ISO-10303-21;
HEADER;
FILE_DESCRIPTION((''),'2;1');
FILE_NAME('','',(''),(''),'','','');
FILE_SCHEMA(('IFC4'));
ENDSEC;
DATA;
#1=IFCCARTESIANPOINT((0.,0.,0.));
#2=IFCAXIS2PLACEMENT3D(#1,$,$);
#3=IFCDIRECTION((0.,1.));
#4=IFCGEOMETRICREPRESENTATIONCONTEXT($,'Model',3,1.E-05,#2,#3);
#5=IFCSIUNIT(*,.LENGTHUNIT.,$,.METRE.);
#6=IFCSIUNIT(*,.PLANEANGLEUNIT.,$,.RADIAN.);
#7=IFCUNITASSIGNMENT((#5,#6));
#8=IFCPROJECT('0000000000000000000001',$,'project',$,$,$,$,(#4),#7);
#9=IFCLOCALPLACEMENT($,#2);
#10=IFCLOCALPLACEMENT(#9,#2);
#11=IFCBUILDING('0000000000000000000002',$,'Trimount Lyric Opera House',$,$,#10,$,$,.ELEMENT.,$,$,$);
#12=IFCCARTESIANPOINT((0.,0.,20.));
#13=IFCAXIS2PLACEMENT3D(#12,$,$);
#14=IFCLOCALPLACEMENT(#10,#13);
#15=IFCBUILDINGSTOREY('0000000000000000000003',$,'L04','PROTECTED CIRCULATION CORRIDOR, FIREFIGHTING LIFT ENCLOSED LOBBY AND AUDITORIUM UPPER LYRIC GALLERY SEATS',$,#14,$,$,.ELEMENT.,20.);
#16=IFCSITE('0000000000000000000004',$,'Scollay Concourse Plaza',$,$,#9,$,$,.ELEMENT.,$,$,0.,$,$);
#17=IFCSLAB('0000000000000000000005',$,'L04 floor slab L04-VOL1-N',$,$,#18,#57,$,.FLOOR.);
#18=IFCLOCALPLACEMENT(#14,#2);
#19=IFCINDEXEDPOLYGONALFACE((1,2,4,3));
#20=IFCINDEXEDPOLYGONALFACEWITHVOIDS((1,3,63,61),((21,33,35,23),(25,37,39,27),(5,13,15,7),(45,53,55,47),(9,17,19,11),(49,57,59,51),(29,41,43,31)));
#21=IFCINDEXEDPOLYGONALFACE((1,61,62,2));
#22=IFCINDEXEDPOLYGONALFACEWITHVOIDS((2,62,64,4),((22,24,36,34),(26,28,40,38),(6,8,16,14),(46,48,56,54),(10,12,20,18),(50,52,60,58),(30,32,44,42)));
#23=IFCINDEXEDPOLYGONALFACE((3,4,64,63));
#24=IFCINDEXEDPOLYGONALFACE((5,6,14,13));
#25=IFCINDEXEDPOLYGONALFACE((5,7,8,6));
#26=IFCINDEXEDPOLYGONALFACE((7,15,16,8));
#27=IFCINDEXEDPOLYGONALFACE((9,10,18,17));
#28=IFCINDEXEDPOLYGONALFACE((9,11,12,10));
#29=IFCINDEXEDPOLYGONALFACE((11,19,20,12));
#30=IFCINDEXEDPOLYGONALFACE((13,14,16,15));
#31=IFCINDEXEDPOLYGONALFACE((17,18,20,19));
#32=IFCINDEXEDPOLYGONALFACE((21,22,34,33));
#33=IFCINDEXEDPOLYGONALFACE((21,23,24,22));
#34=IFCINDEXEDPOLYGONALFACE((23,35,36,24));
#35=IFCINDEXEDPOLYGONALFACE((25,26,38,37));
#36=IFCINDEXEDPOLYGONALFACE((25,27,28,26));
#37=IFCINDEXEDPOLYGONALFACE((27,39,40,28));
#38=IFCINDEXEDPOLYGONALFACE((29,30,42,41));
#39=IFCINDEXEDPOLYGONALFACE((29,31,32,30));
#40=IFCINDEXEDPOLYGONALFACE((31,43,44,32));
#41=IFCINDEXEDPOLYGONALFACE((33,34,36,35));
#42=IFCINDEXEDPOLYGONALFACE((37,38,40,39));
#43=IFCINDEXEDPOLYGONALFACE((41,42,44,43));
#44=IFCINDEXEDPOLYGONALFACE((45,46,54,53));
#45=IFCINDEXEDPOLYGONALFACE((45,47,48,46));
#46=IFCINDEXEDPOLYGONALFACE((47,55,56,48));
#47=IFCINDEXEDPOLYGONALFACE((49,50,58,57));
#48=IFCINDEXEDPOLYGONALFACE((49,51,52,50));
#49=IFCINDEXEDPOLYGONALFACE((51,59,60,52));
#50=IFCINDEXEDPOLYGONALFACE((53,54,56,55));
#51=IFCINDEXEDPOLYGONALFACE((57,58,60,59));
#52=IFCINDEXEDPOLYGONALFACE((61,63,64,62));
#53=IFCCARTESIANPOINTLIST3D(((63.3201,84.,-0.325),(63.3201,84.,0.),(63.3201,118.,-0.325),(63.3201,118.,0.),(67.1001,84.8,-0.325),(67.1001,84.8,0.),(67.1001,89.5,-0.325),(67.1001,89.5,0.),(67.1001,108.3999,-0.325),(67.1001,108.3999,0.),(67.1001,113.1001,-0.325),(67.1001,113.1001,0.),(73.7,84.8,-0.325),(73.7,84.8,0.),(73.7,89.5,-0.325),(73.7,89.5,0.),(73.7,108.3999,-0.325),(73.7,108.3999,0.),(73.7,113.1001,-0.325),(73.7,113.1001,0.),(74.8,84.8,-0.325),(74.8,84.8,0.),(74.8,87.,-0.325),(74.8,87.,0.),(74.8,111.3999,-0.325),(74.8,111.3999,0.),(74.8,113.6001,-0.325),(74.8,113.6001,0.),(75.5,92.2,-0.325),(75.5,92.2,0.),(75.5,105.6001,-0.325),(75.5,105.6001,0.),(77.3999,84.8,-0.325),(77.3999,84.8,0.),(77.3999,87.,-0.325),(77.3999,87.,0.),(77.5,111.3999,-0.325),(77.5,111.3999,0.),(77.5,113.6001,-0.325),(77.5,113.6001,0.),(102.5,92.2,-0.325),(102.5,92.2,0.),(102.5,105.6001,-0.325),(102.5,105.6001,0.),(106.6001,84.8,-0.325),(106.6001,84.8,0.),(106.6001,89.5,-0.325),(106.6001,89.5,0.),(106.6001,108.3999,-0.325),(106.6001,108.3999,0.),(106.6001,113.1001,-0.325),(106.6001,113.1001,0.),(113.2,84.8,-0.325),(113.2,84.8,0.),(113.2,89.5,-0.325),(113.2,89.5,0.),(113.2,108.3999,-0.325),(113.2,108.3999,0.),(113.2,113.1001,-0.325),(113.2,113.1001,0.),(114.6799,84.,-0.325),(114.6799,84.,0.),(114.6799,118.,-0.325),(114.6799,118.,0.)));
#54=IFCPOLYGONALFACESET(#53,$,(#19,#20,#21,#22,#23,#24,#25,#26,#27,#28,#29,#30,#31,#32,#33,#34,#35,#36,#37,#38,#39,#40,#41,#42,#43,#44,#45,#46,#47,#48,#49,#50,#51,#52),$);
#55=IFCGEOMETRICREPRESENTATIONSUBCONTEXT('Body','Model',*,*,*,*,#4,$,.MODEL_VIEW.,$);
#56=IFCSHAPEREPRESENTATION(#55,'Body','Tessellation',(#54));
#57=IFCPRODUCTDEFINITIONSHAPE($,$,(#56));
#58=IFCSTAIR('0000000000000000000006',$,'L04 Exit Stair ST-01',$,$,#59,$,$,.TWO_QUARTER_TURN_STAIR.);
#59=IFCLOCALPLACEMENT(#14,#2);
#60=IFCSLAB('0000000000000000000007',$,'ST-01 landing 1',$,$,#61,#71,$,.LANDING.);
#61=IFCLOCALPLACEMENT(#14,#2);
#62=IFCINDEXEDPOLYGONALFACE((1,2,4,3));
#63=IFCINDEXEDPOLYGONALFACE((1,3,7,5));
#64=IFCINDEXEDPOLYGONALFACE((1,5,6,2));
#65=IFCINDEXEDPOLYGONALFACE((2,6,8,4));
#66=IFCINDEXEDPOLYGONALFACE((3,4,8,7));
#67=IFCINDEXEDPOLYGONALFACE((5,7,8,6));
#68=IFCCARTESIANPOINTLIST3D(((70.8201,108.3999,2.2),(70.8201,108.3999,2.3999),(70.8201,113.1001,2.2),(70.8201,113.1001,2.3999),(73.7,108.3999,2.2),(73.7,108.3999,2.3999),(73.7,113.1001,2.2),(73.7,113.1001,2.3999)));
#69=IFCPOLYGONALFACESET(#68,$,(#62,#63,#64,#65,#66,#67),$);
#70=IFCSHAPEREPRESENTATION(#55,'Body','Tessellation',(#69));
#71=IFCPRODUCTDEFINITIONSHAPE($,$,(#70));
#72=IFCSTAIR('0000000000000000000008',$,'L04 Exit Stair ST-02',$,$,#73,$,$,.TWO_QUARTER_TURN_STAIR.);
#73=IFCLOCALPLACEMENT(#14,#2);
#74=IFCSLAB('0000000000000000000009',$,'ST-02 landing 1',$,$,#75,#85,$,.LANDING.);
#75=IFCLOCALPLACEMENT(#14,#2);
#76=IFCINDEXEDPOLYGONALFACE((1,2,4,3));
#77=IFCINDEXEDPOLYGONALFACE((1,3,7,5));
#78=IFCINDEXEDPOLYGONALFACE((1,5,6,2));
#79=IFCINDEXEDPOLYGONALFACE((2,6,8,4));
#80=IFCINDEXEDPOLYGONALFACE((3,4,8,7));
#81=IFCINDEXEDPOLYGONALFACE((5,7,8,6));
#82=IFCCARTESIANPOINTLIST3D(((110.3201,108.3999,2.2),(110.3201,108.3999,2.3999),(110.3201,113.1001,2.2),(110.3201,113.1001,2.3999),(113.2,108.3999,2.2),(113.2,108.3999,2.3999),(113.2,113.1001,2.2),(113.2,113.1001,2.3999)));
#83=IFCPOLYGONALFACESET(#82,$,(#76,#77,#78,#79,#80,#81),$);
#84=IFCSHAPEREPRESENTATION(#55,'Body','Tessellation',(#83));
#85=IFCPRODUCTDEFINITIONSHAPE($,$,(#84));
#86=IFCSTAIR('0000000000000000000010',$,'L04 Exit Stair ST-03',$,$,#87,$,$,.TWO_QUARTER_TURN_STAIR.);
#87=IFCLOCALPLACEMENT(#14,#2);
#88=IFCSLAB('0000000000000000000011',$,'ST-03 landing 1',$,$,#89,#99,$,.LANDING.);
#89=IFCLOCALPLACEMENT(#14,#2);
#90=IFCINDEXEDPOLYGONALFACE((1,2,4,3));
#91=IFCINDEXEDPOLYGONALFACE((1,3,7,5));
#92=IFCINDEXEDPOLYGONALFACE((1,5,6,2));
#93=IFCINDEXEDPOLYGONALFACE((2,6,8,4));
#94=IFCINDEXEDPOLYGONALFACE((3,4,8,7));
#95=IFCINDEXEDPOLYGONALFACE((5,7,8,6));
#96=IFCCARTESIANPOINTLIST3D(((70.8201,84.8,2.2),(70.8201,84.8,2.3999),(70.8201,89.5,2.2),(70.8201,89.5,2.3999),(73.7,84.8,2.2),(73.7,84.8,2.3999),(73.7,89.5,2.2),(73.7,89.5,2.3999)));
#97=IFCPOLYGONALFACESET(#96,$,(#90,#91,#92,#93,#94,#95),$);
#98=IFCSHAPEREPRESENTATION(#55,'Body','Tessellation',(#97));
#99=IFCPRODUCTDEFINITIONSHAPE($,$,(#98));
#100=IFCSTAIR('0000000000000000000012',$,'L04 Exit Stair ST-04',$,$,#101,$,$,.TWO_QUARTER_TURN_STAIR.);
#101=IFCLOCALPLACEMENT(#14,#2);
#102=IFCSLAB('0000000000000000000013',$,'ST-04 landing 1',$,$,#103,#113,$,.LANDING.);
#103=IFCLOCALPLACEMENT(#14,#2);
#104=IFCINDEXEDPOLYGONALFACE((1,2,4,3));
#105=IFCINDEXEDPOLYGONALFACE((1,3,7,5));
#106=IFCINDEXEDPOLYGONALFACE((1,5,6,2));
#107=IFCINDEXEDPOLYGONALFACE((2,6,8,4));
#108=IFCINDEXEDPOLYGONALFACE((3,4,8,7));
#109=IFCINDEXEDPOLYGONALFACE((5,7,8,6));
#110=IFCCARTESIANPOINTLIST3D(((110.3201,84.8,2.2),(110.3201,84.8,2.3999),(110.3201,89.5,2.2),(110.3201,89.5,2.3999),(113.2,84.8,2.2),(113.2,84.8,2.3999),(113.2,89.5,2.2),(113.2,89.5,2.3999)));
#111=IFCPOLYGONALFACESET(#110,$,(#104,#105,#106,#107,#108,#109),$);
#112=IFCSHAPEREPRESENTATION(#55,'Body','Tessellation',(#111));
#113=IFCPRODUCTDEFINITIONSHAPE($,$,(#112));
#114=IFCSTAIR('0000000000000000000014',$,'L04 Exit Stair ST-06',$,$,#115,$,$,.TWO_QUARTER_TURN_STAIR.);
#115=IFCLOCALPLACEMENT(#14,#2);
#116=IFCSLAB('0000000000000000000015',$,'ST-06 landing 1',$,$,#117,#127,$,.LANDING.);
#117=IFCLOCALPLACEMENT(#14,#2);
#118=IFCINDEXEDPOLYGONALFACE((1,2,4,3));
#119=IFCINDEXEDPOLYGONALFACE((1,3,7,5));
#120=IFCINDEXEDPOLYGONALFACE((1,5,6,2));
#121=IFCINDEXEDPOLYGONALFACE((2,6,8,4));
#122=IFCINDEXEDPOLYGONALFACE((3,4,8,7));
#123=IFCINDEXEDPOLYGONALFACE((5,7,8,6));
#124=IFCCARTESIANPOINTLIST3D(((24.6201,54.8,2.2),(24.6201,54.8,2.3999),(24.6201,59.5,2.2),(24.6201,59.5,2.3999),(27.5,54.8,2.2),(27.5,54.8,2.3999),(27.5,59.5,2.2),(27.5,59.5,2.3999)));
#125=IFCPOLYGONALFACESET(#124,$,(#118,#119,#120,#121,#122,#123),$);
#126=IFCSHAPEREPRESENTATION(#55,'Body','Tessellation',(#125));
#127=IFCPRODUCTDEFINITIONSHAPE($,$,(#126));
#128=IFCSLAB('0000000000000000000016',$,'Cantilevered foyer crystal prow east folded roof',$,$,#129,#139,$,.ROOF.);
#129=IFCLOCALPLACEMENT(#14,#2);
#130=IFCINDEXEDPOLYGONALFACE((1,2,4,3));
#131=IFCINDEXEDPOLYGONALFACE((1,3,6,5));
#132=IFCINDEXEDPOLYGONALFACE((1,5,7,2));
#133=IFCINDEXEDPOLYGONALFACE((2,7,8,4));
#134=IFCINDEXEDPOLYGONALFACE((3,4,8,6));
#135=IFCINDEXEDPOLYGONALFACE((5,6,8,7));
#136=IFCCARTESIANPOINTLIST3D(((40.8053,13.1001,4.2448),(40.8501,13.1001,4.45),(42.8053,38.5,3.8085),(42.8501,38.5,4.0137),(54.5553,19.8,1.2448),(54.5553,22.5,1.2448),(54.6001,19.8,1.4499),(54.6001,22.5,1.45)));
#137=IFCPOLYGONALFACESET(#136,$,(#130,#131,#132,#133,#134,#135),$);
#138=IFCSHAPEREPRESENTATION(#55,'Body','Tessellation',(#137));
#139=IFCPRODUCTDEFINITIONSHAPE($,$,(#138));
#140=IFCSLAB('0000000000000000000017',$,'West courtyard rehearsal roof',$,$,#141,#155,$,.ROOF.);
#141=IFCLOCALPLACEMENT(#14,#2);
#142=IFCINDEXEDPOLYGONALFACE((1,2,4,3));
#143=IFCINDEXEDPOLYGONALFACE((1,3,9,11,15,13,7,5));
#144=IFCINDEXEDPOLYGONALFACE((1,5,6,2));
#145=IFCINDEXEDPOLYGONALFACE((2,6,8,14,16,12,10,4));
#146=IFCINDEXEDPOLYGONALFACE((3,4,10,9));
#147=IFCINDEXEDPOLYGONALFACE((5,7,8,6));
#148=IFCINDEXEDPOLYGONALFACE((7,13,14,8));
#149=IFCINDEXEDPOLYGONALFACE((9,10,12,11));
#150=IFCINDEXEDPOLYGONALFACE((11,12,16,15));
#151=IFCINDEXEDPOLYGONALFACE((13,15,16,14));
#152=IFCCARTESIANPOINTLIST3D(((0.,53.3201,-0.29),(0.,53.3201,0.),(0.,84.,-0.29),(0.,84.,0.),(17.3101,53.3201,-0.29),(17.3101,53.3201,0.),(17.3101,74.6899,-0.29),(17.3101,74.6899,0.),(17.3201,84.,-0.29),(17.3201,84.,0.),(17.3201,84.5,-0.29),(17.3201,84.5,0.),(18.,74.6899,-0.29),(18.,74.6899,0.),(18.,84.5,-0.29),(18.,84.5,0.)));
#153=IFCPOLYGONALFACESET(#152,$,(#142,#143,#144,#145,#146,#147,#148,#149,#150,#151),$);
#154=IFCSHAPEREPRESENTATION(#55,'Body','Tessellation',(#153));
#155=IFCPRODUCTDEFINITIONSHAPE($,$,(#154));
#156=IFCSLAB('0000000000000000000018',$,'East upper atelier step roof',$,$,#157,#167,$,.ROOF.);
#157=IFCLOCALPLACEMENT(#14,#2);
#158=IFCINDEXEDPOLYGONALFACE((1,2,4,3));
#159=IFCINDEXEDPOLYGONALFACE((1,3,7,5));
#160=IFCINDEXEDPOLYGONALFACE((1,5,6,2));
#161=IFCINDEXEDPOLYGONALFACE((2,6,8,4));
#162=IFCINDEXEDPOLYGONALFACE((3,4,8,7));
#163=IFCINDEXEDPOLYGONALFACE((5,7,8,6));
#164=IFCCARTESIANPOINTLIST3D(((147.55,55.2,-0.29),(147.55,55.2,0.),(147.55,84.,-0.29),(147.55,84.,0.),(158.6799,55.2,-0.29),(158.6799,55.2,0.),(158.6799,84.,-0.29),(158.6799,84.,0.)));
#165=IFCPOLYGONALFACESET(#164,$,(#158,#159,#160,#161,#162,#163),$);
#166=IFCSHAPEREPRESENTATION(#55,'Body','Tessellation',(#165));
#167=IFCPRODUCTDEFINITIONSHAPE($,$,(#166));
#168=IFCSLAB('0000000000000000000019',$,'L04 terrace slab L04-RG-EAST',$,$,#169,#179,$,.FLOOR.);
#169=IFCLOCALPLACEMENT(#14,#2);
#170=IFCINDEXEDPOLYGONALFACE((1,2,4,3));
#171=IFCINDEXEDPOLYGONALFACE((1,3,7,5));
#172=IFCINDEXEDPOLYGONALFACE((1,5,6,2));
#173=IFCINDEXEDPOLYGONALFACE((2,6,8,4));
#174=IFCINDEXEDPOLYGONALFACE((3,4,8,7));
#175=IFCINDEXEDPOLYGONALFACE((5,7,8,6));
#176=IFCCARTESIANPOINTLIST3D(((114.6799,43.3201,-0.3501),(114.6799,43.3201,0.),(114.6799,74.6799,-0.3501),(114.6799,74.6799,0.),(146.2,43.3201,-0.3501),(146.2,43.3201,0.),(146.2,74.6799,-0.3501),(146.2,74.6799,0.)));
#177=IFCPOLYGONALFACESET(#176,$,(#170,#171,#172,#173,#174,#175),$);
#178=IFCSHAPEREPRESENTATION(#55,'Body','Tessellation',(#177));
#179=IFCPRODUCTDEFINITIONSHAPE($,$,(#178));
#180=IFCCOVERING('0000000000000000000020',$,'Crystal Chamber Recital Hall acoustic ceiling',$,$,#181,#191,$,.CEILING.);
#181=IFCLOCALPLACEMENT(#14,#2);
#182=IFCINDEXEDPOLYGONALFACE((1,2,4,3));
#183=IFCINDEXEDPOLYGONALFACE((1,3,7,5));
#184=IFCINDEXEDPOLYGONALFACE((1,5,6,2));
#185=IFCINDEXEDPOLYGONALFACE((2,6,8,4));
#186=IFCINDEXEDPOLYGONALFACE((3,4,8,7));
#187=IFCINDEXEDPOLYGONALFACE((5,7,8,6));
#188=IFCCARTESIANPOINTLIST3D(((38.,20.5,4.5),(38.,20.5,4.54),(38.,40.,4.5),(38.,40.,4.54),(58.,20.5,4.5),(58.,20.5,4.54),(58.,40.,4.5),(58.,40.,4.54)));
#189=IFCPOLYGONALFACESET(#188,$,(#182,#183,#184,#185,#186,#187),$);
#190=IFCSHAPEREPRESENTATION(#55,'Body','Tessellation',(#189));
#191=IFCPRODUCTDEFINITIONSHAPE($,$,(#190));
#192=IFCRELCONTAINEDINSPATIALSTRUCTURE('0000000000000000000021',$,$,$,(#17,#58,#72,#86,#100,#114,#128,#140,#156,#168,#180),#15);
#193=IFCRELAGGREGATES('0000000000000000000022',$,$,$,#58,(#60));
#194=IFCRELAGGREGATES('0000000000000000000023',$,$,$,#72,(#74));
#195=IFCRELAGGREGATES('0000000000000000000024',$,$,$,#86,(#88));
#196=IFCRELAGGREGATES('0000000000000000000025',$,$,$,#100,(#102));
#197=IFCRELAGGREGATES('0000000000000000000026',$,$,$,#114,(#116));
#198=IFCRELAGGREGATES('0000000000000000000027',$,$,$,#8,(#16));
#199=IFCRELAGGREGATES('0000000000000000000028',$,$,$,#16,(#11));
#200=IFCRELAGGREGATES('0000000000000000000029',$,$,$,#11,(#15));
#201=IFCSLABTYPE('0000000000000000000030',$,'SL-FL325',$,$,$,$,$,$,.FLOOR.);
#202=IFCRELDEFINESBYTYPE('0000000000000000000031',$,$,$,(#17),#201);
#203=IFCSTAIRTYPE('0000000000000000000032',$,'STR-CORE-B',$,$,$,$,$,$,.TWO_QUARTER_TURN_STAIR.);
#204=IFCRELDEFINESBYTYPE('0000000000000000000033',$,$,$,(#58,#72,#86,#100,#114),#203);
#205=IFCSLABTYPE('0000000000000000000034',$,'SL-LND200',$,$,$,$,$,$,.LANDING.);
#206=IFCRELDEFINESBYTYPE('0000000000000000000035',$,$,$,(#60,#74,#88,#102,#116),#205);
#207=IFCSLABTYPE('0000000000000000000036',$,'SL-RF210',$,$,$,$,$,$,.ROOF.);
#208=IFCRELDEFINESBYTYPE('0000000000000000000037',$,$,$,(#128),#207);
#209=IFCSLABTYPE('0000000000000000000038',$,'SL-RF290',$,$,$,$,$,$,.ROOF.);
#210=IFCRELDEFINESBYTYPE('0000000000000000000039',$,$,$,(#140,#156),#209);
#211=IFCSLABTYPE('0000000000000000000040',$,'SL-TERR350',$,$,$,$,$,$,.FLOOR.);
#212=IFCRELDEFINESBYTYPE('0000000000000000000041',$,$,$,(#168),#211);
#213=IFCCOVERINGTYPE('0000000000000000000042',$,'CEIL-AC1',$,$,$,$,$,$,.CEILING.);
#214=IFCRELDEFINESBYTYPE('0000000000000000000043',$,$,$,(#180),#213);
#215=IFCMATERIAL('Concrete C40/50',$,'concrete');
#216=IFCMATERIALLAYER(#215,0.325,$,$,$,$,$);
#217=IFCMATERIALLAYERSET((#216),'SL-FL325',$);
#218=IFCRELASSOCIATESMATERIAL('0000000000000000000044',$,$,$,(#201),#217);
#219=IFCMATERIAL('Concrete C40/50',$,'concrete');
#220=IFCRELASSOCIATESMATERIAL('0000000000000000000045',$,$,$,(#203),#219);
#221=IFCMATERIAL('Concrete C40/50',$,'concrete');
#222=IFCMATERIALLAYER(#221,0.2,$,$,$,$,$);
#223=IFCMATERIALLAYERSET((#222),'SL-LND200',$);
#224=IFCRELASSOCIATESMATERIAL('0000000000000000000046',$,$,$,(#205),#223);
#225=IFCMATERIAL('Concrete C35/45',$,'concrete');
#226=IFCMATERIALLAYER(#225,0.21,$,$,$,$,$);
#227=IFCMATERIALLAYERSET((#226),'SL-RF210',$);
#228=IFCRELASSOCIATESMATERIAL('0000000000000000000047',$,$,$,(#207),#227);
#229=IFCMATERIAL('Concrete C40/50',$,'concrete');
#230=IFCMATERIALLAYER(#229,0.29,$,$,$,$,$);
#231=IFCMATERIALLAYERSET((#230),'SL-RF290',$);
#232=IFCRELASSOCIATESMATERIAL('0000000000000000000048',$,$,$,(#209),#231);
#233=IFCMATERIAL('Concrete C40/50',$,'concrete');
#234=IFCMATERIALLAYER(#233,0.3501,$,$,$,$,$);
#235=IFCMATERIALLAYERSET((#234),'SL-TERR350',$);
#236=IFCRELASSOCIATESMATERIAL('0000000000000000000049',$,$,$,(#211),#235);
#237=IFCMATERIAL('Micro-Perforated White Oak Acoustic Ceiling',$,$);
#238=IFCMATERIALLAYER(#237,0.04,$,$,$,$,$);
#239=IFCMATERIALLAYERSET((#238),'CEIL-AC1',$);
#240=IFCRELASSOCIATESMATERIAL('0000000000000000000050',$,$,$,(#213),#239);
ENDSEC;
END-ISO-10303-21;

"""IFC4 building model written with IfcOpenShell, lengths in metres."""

from ifc_helpers import new_model, si_unit, direction, frame, origin, place, context, subcontext, project, spatial, polyline, outline, extrude, material, layer, layer_set, type_object, element, aggregate, save


model = new_model("IFC4")

# Units and contexts
model_context = context("Model", 3, precision=1e-05, world=origin(), true_north=direction((0.0, 1.0)))
body_context = subcontext(model_context, "Body", "Model", "MODEL_VIEW")
ifc_project = project(units=[si_unit("LENGTHUNIT", "METRE"), si_unit("PLANEANGLEUNIT", "RADIAN")], contexts=[model_context])

# Site, building, storey
site_placement = place(None, origin())
site = spatial("IfcSite", under=ifc_project, at=site_placement, Name="Scollay Concourse Plaza", CompositionType="ELEMENT", RefElevation=0.0)
building_placement = place(site_placement, origin())
building = spatial("IfcBuilding", under=site, at=building_placement, Name="Trimount Lyric Opera House", CompositionType="ELEMENT")
storey_placement = place(building_placement, frame((0.0, 0.0, 20.0)))
storey = spatial("IfcBuildingStorey", under=building, at=storey_placement, Name="L04", Description="PROTECTED CIRCULATION CORRIDOR, FIREFIGHTING LIFT ENCLOSED LOBBY AND AUDITORIUM UPPER LYRIC GALLERY SEATS", CompositionType="ELEMENT", Elevation=20.0)

# Slab
ifc_material_1 = material(Name="Concrete C40/50", Category="concrete")
ifc_layer_1 = layer(ifc_material_1, 0.325)
ifc_layer_set_1 = layer_set([ifc_layer_1], Name="SL-FL325")
slab_type_1 = type_object("IfcSlabType", Name="SL-FL325", PredefinedType="FLOOR", material=ifc_layer_set_1)
slab_1_placement = place(storey_placement, frame((0.0, 0.0, -0.325)))
element("IfcSlab", 1, at=slab_1_placement, inside=storey, type_object=slab_type_1, Name="L04 floor slab L04-VOL1-N", PredefinedType="FLOOR", context=body_context, shape_type="SweptSolid", body=[
    extrude(outline(polyline([(114.6799, 118.0), (114.6799, 84.0), (63.3201, 84.0), (63.3201, 118.0), (114.6799, 118.0)]), holes=[polyline([(113.2, 89.5), (106.6001, 89.5), (106.6001, 84.8), (113.2, 84.8), (113.2, 89.5)]), polyline([(113.2, 113.1001), (106.6001, 113.1001), (106.6001, 108.3999), (113.2, 108.3999), (113.2, 113.1001)]), polyline([(75.5, 92.2), (102.5, 92.2), (102.5, 105.6001), (75.5, 105.6001), (75.5, 92.2)]), polyline([(74.8, 113.6001), (74.8, 111.3999), (77.5, 111.3999), (77.5, 113.6001), (74.8, 113.6001)]), polyline([(74.8, 87.0), (74.8, 84.8), (77.3999, 84.8), (77.3999, 87.0), (74.8, 87.0)]), polyline([(73.7, 89.5), (67.1001, 89.5), (67.1001, 84.8), (73.7, 84.8), (73.7, 89.5)]), polyline([(73.7, 113.1001), (67.1001, 113.1001), (67.1001, 108.3999), (73.7, 108.3999), (73.7, 113.1001)])]), origin(), (0.0, 0.0, 1.0), 0.325),
])

# Stairs, slabs
ifc_material_2 = material(Name="Concrete C40/50", Category="concrete")
stair_type = type_object("IfcStairType", Name="STR-CORE-B", PredefinedType="TWO_QUARTER_TURN_STAIR", material=ifc_material_2)
stair_1_placement = place(storey_placement, origin())
stair_1 = element("IfcStair", 2, at=stair_1_placement, inside=storey, type_object=stair_type, Name="L04 Exit Stair ST-01", PredefinedType="TWO_QUARTER_TURN_STAIR")
ifc_material_3 = material(Name="Concrete C40/50", Category="concrete")
ifc_layer_2 = layer(ifc_material_3, 0.2)
ifc_layer_set_2 = layer_set([ifc_layer_2], Name="SL-LND200")
slab_type_2 = type_object("IfcSlabType", Name="SL-LND200", PredefinedType="LANDING", material=ifc_layer_set_2)
slab_2_placement = place(storey_placement, frame((0.0, 0.0, 2.2)))
slab_2 = element("IfcSlab", 3, at=slab_2_placement, type_object=slab_type_2, Name="ST-01 landing 1", PredefinedType="LANDING", context=body_context, shape_type="SweptSolid", body=[
    extrude(outline(polyline([(70.8201, 108.3999), (73.7, 108.3999), (73.7, 113.1001), (70.8201, 113.1001), (70.8201, 108.3999)])), origin(), (0.0, 0.0, 1.0), 0.2),
])
aggregate(stair_1, [slab_2])
stair_2_placement = place(storey_placement, origin())
stair_2 = element("IfcStair", 4, at=stair_2_placement, inside=storey, type_object=stair_type, Name="L04 Exit Stair ST-02", PredefinedType="TWO_QUARTER_TURN_STAIR")
slab_3_placement = place(storey_placement, frame((0.0, 0.0, 2.2)))
slab_3 = element("IfcSlab", 5, at=slab_3_placement, type_object=slab_type_2, Name="ST-02 landing 1", PredefinedType="LANDING", context=body_context, shape_type="SweptSolid", body=[
    extrude(outline(polyline([(110.3201, 108.3999), (113.2, 108.3999), (113.2, 113.1001), (110.3201, 113.1001), (110.3201, 108.3999)])), origin(), (0.0, 0.0, 1.0), 0.2),
])
aggregate(stair_2, [slab_3])
stair_3_placement = place(storey_placement, origin())
stair_3 = element("IfcStair", 6, at=stair_3_placement, inside=storey, type_object=stair_type, Name="L04 Exit Stair ST-03", PredefinedType="TWO_QUARTER_TURN_STAIR")
slab_4_placement = place(storey_placement, frame((0.0, 0.0, 2.2)))
slab_4 = element("IfcSlab", 7, at=slab_4_placement, type_object=slab_type_2, Name="ST-03 landing 1", PredefinedType="LANDING", context=body_context, shape_type="SweptSolid", body=[
    extrude(outline(polyline([(70.8201, 84.8), (73.7, 84.8), (73.7, 89.5), (70.8201, 89.5), (70.8201, 84.8)])), origin(), (0.0, 0.0, 1.0), 0.2),
])
aggregate(stair_3, [slab_4])
stair_4_placement = place(storey_placement, origin())
stair_4 = element("IfcStair", 8, at=stair_4_placement, inside=storey, type_object=stair_type, Name="L04 Exit Stair ST-04", PredefinedType="TWO_QUARTER_TURN_STAIR")
slab_5_placement = place(storey_placement, frame((0.0, 0.0, 2.2)))
slab_5 = element("IfcSlab", 9, at=slab_5_placement, type_object=slab_type_2, Name="ST-04 landing 1", PredefinedType="LANDING", context=body_context, shape_type="SweptSolid", body=[
    extrude(outline(polyline([(110.3201, 84.8), (113.2, 84.8), (113.2, 89.5), (110.3201, 89.5), (110.3201, 84.8)])), origin(), (0.0, 0.0, 1.0), 0.2),
])
aggregate(stair_4, [slab_5])
stair_5_placement = place(storey_placement, origin())
stair_5 = element("IfcStair", 10, at=stair_5_placement, inside=storey, type_object=stair_type, Name="L04 Exit Stair ST-06", PredefinedType="TWO_QUARTER_TURN_STAIR")
slab_6_placement = place(storey_placement, frame((0.0, 0.0, 2.2)))
slab_6 = element("IfcSlab", 11, at=slab_6_placement, type_object=slab_type_2, Name="ST-06 landing 1", PredefinedType="LANDING", context=body_context, shape_type="SweptSolid", body=[
    extrude(outline(polyline([(24.6201, 54.8), (27.5, 54.8), (27.5, 59.5), (24.6201, 59.5), (24.6201, 54.8)])), origin(), (0.0, 0.0, 1.0), 0.2),
])
aggregate(stair_5, [slab_6])

# Slabs
ifc_material_4 = material(Name="Concrete C35/45", Category="concrete")
ifc_layer_3 = layer(ifc_material_4, 0.21)
ifc_layer_set_3 = layer_set([ifc_layer_3], Name="SL-RF210")
slab_type_3 = type_object("IfcSlabType", Name="SL-RF210", PredefinedType="ROOF", material=ifc_layer_set_3)
slab_7_placement = place(storey_placement, frame((40.8501, 13.1001, 4.45), z_axis=(0.213169, -0.000003, 0.977015), x_axis=(0.88215, 0.429845, -0.19247)))
element("IfcSlab", 12, at=slab_7_placement, inside=storey, type_object=slab_type_3, Name="Cantilevered foyer crystal prow east folded roof", PredefinedType="ROOF", context=body_context, shape_type="SweptSolid", body=[
    extrude(outline(polyline([(0.0, 0.0), (15.5869, 0.0), (16.7475, 2.4378), (12.7663, 22.0537), (0.0, 0.0)])), origin(), (0.0, 0.0, -1.0), 0.21),
])
ifc_material_5 = material(Name="Concrete C40/50", Category="concrete")
ifc_layer_4 = layer(ifc_material_5, 0.29)
ifc_layer_set_4 = layer_set([ifc_layer_4], Name="SL-RF290")
slab_type_4 = type_object("IfcSlabType", Name="SL-RF290", PredefinedType="ROOF", material=ifc_layer_set_4)
slab_8_placement = place(storey_placement, frame((0.0, 0.0, -0.29)))
element("IfcSlab", 13, at=slab_8_placement, inside=storey, type_object=slab_type_4, Name="West courtyard rehearsal roof", PredefinedType="ROOF", context=body_context, shape_type="SweptSolid", body=[
    extrude(outline(polyline([(0.0, 84.0), (17.3201, 84.0), (17.3201, 84.5), (18.0, 84.5), (18.0, 74.6899), (17.3101, 74.6899), (17.3101, 53.3201), (0.0, 53.3201), (0.0, 84.0)])), origin(), (0.0, 0.0, 1.0), 0.29),
])
slab_9_placement = place(storey_placement, frame((0.0, 0.0, -0.29)))
element("IfcSlab", 14, at=slab_9_placement, inside=storey, type_object=slab_type_4, Name="East upper atelier step roof", PredefinedType="ROOF", context=body_context, shape_type="SweptSolid", body=[
    extrude(outline(polyline([(158.6799, 84.0), (158.6799, 55.2), (147.55, 55.2), (147.55, 84.0), (158.6799, 84.0)])), origin(), (0.0, 0.0, 1.0), 0.29),
])
ifc_material_6 = material(Name="Concrete C40/50", Category="concrete")
ifc_layer_5 = layer(ifc_material_6, 0.3501)
ifc_layer_set_5 = layer_set([ifc_layer_5], Name="SL-TERR350")
slab_type_5 = type_object("IfcSlabType", Name="SL-TERR350", PredefinedType="FLOOR", material=ifc_layer_set_5)
slab_10_placement = place(storey_placement, frame((0.0, 0.0, -0.3501)))
element("IfcSlab", 15, at=slab_10_placement, inside=storey, type_object=slab_type_5, Name="L04 terrace slab L04-RG-EAST", PredefinedType="FLOOR", context=body_context, shape_type="SweptSolid", body=[
    extrude(outline(polyline([(146.2, 74.6799), (146.2, 43.3201), (114.6799, 43.3201), (114.6799, 74.6799), (146.2, 74.6799)])), origin(), (0.0, 0.0, 1.0), 0.3501),
])

# Covering
ifc_material_7 = material(Name="Micro-Perforated White Oak Acoustic Ceiling")
ifc_layer_6 = layer(ifc_material_7, 0.04)
ifc_layer_set_6 = layer_set([ifc_layer_6], Name="CEIL-AC1")
covering_type_1 = type_object("IfcCoveringType", Name="CEIL-AC1", PredefinedType="CEILING", material=ifc_layer_set_6)
covering_1_placement = place(storey_placement, frame((0.0, 0.0, 4.5)))
element("IfcCovering", 16, at=covering_1_placement, inside=storey, type_object=covering_type_1, Name="Crystal Chamber Recital Hall acoustic ceiling", PredefinedType="CEILING", context=body_context, shape_type="SweptSolid", body=[
    extrude(outline(polyline([(38.0, 20.5), (58.0, 20.5), (58.0, 40.0), (38.0, 40.0), (38.0, 20.5)])), origin(), (0.0, 0.0, 1.0), 0.04),
])

save(model, "model.ifc")
